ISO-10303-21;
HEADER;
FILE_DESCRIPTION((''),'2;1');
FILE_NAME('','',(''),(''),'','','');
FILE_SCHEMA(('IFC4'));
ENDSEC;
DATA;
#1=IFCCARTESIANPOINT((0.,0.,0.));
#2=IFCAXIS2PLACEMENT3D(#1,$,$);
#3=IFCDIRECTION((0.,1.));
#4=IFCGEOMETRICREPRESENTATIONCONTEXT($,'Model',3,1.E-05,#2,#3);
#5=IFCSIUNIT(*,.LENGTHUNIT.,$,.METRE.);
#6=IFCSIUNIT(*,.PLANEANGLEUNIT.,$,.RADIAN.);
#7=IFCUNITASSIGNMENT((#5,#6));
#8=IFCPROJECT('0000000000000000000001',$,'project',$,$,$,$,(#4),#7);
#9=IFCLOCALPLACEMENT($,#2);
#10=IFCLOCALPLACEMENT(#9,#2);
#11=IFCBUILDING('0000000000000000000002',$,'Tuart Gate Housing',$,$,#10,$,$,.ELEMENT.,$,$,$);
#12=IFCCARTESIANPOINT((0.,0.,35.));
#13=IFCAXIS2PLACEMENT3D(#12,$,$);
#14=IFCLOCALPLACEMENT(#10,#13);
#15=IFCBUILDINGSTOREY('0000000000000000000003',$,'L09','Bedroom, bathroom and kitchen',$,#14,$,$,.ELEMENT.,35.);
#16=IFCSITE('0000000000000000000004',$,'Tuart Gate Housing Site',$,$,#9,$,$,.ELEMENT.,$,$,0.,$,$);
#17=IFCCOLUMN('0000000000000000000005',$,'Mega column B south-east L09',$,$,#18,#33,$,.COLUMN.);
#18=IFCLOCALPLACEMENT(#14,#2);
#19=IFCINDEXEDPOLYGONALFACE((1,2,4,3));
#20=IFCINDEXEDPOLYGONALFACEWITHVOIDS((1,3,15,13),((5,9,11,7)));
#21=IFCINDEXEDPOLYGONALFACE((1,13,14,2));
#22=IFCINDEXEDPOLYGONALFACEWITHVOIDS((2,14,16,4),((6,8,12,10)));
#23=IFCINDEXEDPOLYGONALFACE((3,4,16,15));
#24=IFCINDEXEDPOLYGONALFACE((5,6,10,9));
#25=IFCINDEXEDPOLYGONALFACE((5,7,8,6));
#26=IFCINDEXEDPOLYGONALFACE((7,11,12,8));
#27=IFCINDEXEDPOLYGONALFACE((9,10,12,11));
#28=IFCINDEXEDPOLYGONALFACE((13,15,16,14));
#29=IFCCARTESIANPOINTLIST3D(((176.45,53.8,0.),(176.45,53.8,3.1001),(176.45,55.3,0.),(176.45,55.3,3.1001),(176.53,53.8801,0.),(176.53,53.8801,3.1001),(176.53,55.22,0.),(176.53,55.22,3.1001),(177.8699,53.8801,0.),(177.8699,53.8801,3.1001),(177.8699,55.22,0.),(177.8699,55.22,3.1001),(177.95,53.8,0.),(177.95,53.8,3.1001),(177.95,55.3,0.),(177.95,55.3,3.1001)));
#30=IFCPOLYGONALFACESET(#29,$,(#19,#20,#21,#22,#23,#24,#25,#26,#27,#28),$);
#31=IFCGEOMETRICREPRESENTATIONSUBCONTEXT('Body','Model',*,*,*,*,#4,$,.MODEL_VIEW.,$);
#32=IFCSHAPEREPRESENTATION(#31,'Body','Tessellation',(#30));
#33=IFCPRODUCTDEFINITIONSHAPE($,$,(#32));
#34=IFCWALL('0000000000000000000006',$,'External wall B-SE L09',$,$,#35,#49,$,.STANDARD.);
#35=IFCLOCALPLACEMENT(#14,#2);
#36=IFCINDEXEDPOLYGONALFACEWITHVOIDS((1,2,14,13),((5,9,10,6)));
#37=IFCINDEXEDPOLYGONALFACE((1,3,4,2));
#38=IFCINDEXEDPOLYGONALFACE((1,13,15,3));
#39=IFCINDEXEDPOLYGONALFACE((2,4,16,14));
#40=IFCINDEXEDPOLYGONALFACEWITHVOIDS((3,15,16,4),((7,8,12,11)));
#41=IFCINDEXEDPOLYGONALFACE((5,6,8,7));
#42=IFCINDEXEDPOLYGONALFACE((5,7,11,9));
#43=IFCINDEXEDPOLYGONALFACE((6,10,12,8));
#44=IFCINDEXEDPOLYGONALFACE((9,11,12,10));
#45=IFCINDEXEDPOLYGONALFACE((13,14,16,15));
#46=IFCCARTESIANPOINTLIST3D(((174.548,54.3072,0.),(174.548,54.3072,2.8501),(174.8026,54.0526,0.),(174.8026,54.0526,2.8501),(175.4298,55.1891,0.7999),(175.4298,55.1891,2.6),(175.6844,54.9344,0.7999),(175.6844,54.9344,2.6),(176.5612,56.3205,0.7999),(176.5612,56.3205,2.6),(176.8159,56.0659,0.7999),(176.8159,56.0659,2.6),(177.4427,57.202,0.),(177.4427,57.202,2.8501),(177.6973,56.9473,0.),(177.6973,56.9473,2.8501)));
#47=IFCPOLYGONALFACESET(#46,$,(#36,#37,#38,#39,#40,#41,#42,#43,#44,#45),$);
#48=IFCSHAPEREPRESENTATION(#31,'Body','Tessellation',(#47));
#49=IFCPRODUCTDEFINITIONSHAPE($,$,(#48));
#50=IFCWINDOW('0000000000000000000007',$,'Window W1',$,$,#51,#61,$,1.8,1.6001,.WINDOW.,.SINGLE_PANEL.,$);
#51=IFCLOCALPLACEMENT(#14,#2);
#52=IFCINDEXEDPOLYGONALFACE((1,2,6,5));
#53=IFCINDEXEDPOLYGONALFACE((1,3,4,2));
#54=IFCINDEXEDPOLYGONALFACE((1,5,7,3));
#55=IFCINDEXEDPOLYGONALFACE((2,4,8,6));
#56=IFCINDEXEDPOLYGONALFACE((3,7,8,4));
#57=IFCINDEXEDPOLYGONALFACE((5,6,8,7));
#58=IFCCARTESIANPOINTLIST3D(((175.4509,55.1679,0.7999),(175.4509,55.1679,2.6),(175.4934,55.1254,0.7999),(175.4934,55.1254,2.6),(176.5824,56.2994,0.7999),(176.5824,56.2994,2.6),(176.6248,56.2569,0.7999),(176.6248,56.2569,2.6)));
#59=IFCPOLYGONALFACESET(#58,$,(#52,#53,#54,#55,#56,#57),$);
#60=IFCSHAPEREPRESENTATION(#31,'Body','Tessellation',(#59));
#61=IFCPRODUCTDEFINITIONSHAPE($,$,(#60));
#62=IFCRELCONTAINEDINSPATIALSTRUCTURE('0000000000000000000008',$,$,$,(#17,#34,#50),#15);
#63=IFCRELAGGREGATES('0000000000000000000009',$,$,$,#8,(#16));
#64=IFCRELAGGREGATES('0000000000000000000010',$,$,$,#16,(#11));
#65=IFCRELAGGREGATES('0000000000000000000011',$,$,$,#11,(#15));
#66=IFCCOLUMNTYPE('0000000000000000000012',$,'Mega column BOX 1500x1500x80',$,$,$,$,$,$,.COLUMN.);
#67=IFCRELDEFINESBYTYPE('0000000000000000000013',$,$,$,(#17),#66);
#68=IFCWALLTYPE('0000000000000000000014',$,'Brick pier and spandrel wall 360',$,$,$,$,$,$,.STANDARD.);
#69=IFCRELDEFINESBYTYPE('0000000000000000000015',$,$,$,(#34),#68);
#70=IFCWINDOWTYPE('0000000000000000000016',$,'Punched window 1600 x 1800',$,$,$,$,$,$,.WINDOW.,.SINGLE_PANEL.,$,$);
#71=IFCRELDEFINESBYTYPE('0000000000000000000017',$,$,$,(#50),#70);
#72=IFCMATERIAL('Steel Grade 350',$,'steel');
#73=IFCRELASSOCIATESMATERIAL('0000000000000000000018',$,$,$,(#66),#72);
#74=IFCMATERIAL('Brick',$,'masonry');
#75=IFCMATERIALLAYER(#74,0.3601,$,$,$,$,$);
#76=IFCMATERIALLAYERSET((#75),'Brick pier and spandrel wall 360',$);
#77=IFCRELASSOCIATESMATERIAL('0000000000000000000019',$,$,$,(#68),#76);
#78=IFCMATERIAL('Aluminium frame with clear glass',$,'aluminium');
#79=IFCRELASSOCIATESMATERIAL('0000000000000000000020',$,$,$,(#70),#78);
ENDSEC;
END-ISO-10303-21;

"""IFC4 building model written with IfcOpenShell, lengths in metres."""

from ifc_helpers import new_model, si_unit, direction, frame, frame_2d, origin, origin_2d, place, context, subcontext, project, spatial, rectangle, hollow_rectangle, extrude, material, layer, layer_set, material_profile, profile_set, type_object, element, fill, save


model = new_model("IFC4")

# Units and contexts
model_context = context("Model", 3, precision=1e-05, world=origin(), true_north=direction((0.0, 1.0)))
body_context = subcontext(model_context, "Body", "Model", "MODEL_VIEW")
ifc_project = project(units=[si_unit("LENGTHUNIT", "METRE"), si_unit("PLANEANGLEUNIT", "RADIAN")], contexts=[model_context])

# Site, building, storey
site_placement = place(None, origin())
site = spatial("IfcSite", under=ifc_project, at=site_placement, Name="Tuart Gate Housing Site", CompositionType="ELEMENT", RefElevation=0.0)
building_placement = place(site_placement, origin())
building = spatial("IfcBuilding", under=site, at=building_placement, Name="Tuart Gate Housing", CompositionType="ELEMENT")
storey_placement = place(building_placement, frame((0.0, 0.0, 35.0)))
storey = spatial("IfcBuildingStorey", under=building, at=storey_placement, Name="L09", Description="Bedroom, bathroom and kitchen", CompositionType="ELEMENT", Elevation=35.0)

# Column
ifc_material_1 = material(Name="Steel Grade 350", Category="steel")
ifc_material_profile = material_profile(ifc_material_1, hollow_rectangle(XDim=1.5, YDim=1.5, WallThickness=0.0801, at=origin_2d()), Name="BOX 1500x1500x80")
ifc_profile_set = profile_set([ifc_material_profile], Name="Steel Grade 350")
column_type = type_object("IfcColumnType", Name="Mega column BOX 1500x1500x80", PredefinedType="COLUMN", material=ifc_profile_set)
column_placement = place(storey_placement, frame((177.2, 54.55, 0.0), z_axis=(0.0, 0.0, 1.0), x_axis=(1.0, 0.0, 0.0)))
element("IfcColumn", 1, at=column_placement, inside=storey, type_object=column_type, Name="Mega column B south-east L09", PredefinedType="COLUMN", context=body_context, shape_type="SweptSolid", body=[
    extrude(hollow_rectangle(XDim=1.5, YDim=1.5, WallThickness=0.0801, at=origin_2d()), origin(), (0.0, 0.0, 1.0), 3.1001),
])

# Wall, opening, window
ifc_material_2 = material(Name="Brick", Category="masonry")
ifc_layer_1 = layer(ifc_material_2, 0.3601)
ifc_layer_set_1 = layer_set([ifc_layer_1], Name="Brick pier and spandrel wall 360")
wall_type_1 = type_object("IfcWallType", Name="Brick pier and spandrel wall 360", PredefinedType="STANDARD", material=ifc_layer_set_1)
wall_1_placement = place(storey_placement, frame((174.6753, 54.1799, 0.0), z_axis=(0.0, 0.0, 1.0), x_axis=(0.707107, 0.707107, 0.0)))
wall_1 = element("IfcWall", 2, at=wall_1_placement, inside=storey, type_object=wall_type_1, Name="External wall B-SE L09", PredefinedType="STANDARD", context=body_context, shape_type="SweptSolid", body=[
    extrude(rectangle(XDim=4.0938, YDim=0.3601, at=frame_2d((2.0469, 0.0))), origin(), (0.0, 0.0, 1.0), 2.8501),
])
opening_1_placement = place(wall_1_placement, frame((1.2471, 0.0, 0.8)))
opening_1 = element("IfcOpeningElement", 3, at=opening_1_placement, cuts=wall_1, PredefinedType="OPENING", context=body_context, shape_type="SweptSolid", body=[
    extrude(rectangle(XDim=1.6001, YDim=1.8, at=frame_2d((0.8, 0.8999))), frame((0.0, 0.1899, 0.0), z_axis=(0.0, -1.0, 0.0), x_axis=(1.0, 0.0, 0.0)), (0.0, 0.0, 1.0), 0.3801),
])
ifc_material_3 = material(Name="Aluminium frame with clear glass", Category="aluminium")
window_type = type_object("IfcWindowType", Name="Punched window 1600 x 1800", PartitioningType="SINGLE_PANEL", PredefinedType="WINDOW", material=ifc_material_3)
window_1_placement = place(opening_1_placement, origin())
window_1 = element("IfcWindow", 4, at=window_1_placement, inside=storey, type_object=window_type, Name="Window W1", OverallHeight=1.8, OverallWidth=1.6001, PartitioningType="SINGLE_PANEL", PredefinedType="WINDOW", context=body_context, shape_type="SweptSolid", body=[
    extrude(rectangle(XDim=1.6001, YDim=1.8, at=frame_2d((0.8, 0.8999))), frame((0.0, 0.1501, 0.0), z_axis=(0.0, -1.0, 0.0), x_axis=(1.0, 0.0, 0.0)), (0.0, 0.0, 1.0), 0.0601),
])
fill(opening_1, window_1)

save(model, "model.ifc")
